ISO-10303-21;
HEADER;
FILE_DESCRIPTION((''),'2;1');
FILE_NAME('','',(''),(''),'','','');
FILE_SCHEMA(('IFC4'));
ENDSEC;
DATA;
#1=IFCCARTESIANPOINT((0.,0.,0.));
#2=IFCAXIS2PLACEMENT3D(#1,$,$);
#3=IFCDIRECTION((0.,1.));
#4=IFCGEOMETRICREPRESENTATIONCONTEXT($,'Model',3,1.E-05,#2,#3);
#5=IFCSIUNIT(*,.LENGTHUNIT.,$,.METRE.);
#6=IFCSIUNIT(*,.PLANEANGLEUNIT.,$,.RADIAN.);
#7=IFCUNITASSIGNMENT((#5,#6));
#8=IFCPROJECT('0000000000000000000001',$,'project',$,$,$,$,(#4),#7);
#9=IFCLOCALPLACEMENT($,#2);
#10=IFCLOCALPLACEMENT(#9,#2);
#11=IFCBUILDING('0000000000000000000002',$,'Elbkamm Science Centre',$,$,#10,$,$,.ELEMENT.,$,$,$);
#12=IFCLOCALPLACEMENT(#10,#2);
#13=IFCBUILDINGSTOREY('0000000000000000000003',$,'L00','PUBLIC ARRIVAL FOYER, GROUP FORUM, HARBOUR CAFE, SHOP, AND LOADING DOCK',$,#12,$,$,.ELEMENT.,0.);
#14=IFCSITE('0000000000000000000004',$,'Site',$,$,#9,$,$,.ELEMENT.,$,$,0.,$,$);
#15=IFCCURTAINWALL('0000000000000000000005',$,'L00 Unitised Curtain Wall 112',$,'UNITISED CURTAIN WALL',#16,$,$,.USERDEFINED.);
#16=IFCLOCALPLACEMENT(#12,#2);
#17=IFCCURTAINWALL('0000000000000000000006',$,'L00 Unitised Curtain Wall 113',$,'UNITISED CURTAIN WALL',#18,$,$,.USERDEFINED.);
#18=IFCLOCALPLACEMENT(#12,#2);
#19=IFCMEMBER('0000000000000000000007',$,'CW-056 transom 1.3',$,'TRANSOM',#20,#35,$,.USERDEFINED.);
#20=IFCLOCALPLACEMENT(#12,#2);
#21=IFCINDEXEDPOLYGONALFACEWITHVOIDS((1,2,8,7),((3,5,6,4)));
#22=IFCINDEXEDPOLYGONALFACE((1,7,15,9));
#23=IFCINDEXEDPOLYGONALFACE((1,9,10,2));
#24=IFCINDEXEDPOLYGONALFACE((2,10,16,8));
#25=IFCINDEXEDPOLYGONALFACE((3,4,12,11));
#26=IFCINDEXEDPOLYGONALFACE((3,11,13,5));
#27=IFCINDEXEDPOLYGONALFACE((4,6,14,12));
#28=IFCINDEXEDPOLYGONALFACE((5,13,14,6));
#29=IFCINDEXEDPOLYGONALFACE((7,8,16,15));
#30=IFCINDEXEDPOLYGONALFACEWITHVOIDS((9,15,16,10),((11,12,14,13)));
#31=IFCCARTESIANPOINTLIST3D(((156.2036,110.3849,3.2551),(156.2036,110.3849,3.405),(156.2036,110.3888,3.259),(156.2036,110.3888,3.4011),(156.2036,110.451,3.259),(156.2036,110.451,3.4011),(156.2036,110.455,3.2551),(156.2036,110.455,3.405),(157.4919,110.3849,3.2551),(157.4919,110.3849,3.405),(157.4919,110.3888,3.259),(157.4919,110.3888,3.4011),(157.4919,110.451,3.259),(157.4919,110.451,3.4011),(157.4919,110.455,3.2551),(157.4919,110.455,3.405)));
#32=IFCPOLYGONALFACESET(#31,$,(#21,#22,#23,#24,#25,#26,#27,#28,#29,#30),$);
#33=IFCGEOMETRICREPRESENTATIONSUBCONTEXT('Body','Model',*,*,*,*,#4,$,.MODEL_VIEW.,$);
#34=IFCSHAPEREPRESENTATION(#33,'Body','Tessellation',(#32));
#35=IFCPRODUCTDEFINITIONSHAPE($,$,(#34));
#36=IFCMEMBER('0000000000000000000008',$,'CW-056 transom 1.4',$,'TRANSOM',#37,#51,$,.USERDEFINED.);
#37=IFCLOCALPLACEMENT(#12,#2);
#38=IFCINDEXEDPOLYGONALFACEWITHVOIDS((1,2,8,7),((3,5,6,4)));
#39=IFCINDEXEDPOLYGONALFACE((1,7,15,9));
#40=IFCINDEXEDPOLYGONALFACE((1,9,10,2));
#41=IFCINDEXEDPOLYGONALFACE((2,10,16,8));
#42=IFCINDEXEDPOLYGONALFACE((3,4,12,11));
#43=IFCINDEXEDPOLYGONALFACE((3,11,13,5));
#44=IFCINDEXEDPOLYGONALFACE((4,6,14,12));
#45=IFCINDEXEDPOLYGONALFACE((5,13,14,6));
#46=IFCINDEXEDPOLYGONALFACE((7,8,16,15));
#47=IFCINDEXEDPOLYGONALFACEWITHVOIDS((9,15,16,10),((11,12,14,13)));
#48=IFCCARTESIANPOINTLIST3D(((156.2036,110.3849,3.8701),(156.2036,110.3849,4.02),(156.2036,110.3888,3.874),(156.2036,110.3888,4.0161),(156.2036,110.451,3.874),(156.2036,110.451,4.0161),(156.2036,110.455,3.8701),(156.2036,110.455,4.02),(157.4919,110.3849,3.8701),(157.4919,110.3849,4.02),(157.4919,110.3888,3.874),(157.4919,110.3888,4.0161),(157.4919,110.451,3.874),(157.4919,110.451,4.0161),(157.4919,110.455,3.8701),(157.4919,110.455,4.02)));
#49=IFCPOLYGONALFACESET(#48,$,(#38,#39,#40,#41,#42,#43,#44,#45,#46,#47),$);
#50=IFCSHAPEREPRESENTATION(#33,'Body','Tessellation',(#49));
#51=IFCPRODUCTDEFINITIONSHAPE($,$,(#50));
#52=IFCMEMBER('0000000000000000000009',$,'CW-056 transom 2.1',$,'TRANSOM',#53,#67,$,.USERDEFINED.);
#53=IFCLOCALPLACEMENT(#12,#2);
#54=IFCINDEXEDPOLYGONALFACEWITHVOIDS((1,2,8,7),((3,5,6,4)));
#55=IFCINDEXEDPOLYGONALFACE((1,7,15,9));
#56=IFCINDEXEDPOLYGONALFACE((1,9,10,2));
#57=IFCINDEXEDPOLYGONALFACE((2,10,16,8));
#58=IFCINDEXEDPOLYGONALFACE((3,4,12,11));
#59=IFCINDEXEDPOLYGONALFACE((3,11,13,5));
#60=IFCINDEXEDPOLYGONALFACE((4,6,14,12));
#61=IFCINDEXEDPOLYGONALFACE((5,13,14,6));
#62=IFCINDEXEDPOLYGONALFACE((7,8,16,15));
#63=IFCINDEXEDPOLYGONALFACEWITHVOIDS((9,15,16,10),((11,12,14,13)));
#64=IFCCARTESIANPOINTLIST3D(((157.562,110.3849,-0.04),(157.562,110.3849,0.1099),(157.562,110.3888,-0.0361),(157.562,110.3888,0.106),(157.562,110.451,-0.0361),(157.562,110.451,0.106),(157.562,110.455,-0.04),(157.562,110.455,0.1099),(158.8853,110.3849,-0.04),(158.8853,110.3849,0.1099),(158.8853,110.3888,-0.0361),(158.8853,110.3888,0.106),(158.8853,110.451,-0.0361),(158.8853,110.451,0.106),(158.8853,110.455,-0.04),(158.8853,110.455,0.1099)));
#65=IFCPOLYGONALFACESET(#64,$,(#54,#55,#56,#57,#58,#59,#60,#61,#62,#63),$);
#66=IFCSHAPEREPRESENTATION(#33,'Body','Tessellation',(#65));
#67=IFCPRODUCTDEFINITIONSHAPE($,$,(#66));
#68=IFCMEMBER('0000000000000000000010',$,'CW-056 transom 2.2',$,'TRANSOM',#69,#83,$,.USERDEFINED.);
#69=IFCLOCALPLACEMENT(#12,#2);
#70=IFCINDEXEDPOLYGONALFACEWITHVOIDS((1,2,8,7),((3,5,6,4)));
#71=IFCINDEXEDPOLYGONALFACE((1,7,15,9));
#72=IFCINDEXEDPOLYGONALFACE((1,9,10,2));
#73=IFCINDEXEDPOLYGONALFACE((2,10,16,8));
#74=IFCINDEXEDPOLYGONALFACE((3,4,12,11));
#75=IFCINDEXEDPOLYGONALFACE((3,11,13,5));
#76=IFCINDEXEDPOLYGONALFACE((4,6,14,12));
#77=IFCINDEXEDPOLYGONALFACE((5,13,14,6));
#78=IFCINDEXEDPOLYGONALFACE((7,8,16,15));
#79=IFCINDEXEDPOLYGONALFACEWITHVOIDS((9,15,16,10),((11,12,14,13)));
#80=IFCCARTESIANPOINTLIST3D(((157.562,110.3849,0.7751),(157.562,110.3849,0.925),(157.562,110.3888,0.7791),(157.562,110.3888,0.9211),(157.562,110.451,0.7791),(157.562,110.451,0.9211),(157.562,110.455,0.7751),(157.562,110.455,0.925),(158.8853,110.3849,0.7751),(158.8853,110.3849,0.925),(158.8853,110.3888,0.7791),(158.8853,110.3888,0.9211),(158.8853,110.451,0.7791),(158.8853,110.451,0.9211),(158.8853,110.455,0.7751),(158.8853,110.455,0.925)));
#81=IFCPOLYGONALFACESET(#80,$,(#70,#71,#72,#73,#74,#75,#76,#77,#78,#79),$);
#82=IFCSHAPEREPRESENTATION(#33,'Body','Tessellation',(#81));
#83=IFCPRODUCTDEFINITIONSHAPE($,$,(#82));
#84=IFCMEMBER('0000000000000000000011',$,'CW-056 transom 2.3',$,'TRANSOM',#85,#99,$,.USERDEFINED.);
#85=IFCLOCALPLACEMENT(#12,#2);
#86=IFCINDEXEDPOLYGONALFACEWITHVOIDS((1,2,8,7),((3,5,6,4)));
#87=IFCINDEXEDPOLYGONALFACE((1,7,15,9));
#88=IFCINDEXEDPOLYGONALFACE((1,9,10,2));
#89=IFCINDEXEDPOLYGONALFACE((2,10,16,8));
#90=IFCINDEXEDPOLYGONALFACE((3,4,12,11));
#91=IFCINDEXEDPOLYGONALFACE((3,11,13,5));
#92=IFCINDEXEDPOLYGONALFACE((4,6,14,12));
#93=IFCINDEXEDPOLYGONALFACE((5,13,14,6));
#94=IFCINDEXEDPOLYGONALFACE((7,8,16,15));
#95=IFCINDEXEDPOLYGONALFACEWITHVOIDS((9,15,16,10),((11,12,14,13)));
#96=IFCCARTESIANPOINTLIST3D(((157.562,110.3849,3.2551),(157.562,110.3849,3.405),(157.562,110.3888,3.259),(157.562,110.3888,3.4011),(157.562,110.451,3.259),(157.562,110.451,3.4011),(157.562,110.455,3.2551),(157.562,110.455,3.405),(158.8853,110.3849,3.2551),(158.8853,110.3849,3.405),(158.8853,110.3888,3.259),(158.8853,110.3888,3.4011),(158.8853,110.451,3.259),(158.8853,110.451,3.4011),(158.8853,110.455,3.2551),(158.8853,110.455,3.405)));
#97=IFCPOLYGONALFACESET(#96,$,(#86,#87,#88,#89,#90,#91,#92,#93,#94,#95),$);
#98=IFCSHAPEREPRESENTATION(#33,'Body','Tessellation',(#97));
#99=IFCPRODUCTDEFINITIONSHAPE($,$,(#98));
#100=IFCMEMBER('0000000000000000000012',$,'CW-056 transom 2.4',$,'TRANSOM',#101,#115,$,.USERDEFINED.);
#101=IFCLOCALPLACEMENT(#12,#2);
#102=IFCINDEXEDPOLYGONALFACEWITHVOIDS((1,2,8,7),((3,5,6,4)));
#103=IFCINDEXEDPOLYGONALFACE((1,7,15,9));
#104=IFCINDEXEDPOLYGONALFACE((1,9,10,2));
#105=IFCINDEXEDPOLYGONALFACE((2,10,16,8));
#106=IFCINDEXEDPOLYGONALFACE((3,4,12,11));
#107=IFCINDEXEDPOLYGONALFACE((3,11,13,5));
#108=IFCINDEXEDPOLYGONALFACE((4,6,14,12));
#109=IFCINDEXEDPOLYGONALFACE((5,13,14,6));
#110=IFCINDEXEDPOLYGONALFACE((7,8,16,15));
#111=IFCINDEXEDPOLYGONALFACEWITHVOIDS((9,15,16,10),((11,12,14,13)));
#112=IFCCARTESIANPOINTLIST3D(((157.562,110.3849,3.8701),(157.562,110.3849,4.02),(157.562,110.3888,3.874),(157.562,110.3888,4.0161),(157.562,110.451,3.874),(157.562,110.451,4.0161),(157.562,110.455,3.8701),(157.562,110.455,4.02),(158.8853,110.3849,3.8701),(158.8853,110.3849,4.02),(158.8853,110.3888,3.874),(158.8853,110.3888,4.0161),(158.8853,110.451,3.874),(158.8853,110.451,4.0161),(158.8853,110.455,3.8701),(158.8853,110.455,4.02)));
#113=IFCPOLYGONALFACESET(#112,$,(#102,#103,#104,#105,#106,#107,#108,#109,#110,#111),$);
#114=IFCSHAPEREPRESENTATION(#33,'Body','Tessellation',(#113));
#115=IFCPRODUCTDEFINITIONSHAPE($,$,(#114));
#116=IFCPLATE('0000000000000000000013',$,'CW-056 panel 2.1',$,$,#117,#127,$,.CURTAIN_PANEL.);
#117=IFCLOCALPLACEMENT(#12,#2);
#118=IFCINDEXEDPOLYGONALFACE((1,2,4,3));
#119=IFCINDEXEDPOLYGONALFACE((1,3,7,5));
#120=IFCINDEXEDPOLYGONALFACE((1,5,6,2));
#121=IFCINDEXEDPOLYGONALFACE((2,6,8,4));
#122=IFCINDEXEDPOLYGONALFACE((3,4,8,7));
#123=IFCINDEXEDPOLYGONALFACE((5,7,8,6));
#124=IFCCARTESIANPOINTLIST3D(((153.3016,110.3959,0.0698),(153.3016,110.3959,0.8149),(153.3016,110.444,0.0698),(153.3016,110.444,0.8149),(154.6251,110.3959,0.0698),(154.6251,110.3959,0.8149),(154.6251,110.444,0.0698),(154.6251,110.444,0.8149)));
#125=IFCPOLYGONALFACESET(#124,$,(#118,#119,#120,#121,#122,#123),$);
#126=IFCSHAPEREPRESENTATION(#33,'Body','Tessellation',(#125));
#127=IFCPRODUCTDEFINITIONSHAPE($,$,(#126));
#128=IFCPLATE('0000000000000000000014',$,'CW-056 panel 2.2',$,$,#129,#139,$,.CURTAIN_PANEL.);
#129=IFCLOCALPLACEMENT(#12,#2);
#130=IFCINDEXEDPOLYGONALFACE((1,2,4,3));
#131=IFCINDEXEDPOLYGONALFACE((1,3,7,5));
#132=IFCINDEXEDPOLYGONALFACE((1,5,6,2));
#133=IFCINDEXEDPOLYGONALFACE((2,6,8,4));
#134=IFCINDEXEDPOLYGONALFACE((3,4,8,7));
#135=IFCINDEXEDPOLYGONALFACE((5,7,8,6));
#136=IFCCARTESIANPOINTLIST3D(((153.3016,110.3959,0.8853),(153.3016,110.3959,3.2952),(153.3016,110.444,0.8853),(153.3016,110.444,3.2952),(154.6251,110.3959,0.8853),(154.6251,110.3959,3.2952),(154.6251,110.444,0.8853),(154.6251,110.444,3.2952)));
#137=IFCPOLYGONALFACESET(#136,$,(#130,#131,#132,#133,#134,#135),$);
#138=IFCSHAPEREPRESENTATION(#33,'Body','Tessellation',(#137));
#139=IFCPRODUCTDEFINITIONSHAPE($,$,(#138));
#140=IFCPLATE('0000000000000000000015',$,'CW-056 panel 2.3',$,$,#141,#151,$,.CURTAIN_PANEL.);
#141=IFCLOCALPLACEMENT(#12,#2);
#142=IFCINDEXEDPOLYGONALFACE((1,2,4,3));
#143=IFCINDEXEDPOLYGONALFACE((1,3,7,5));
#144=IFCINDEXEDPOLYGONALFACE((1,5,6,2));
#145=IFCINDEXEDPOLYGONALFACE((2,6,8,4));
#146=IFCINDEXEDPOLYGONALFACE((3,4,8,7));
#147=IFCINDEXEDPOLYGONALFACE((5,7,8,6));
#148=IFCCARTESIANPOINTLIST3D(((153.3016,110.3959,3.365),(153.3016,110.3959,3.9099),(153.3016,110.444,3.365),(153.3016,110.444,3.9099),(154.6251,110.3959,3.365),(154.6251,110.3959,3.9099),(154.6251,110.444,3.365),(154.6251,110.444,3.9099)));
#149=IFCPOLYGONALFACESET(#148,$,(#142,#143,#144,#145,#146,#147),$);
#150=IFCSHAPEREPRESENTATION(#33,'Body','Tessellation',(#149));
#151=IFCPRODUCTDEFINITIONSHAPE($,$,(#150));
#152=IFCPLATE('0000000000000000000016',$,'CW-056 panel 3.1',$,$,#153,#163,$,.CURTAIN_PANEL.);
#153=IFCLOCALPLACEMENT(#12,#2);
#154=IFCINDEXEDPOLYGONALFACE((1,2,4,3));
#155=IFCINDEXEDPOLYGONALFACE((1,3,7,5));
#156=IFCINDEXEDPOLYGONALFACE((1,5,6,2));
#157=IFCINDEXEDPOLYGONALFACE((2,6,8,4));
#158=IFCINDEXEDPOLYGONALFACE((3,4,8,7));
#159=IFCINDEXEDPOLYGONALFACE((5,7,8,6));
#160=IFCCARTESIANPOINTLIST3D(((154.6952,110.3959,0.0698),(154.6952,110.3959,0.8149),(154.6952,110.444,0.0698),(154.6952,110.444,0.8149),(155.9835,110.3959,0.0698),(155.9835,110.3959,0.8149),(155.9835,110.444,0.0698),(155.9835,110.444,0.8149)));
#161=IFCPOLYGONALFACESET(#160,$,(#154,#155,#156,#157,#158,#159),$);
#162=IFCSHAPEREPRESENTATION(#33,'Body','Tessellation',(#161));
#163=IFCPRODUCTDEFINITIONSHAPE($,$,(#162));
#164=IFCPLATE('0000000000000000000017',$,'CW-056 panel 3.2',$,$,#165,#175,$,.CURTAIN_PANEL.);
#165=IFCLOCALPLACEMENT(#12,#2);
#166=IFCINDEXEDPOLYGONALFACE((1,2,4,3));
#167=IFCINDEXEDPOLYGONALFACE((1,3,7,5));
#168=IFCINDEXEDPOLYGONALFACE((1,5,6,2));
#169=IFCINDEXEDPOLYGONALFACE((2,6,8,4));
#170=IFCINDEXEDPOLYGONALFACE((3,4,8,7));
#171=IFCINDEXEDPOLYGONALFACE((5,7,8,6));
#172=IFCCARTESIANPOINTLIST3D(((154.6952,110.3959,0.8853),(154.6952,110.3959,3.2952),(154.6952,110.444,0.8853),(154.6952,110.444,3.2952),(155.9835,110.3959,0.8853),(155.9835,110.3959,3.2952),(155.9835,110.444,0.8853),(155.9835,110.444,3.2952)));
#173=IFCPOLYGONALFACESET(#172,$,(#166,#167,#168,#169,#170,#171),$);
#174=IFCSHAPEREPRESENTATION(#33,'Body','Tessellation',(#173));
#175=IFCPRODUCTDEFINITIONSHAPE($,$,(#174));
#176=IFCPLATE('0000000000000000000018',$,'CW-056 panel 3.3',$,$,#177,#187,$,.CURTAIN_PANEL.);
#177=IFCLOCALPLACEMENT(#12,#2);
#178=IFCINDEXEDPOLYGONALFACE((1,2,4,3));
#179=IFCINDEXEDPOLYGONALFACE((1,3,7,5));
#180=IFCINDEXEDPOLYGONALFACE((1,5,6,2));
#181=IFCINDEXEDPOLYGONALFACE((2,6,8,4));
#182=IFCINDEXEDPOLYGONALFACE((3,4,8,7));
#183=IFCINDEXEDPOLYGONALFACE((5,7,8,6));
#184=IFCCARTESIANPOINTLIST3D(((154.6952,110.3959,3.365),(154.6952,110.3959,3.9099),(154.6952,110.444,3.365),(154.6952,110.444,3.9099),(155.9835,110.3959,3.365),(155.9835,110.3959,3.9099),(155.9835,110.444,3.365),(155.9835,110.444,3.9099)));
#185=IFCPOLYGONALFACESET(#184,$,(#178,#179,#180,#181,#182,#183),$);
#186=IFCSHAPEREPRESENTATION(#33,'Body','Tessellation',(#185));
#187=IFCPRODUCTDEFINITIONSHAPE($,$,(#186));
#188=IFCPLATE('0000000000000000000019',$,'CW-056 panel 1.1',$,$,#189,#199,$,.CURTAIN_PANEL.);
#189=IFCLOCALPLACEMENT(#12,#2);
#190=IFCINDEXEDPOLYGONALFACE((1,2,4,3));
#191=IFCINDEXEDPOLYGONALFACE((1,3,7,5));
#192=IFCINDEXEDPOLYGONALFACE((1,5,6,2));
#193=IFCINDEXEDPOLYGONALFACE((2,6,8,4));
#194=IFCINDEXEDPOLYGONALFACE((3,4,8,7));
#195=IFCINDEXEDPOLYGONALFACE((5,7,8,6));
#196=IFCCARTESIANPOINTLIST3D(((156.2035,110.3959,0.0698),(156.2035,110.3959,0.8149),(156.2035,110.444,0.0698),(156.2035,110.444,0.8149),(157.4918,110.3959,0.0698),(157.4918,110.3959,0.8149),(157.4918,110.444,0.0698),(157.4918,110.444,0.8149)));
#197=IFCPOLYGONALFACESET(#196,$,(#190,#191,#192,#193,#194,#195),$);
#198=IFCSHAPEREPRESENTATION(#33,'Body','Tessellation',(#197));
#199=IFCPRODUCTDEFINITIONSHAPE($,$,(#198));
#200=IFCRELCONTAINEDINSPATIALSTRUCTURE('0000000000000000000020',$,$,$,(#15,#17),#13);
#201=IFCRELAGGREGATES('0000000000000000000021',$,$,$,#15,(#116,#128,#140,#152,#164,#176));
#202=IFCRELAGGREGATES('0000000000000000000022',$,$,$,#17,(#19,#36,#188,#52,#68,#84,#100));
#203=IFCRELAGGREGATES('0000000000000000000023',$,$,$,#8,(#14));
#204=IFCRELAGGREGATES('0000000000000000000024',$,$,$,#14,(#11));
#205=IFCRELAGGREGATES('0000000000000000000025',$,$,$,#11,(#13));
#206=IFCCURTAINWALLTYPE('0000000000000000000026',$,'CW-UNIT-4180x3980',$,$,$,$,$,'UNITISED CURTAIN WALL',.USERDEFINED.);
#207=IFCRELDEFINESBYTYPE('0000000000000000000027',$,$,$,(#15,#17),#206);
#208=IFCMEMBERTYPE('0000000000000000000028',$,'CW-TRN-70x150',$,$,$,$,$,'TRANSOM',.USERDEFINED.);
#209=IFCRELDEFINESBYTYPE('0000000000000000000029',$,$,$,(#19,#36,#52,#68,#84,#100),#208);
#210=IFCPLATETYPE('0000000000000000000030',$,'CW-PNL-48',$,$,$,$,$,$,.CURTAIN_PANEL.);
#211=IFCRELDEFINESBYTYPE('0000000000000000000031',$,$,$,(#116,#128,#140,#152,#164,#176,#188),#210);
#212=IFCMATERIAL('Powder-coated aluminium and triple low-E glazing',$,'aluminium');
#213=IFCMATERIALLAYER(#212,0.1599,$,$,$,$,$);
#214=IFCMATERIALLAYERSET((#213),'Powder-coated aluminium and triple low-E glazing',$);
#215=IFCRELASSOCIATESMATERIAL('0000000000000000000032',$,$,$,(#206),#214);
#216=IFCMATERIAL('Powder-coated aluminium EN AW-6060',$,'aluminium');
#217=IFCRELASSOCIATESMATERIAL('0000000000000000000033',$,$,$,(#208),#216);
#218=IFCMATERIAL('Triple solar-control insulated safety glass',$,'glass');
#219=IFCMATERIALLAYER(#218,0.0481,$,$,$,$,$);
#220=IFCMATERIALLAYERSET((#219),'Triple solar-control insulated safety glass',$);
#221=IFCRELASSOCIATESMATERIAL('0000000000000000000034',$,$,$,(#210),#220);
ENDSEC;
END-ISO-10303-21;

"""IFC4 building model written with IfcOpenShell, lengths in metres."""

from ifc_helpers import new_model, si_unit, direction, frame, origin, origin_2d, place, context, subcontext, project, spatial, rectangle, hollow_rectangle, extrude, material, layer, layer_set, material_profile, profile_set, type_object, element, aggregate, save


model = new_model("IFC4")

# Units and contexts
model_context = context("Model", 3, precision=1e-05, world=origin(), true_north=direction((0.0, 1.0)))
body_context = subcontext(model_context, "Body", "Model", "MODEL_VIEW")
ifc_project = project(units=[si_unit("LENGTHUNIT", "METRE"), si_unit("PLANEANGLEUNIT", "RADIAN")], contexts=[model_context])

# Site, building, storey
site_placement = place(None, origin())
site = spatial("IfcSite", under=ifc_project, at=site_placement, Name="Site", CompositionType="ELEMENT", RefElevation=0.0)
building_placement = place(site_placement, origin())
building = spatial("IfcBuilding", under=site, at=building_placement, Name="Elbkamm Science Centre", CompositionType="ELEMENT")
storey_placement = place(building_placement, origin())
storey = spatial("IfcBuildingStorey", under=building, at=storey_placement, Name="L00", Description="PUBLIC ARRIVAL FOYER, GROUP FORUM, HARBOUR CAFE, SHOP, AND LOADING DOCK", CompositionType="ELEMENT", Elevation=0.0)

# Curtain walls
ifc_material_1 = material(Name="Powder-coated aluminium and triple low-E glazing", Category="aluminium")
ifc_layer_1 = layer(ifc_material_1, 0.1599)
ifc_layer_set_1 = layer_set([ifc_layer_1], Name="Powder-coated aluminium and triple low-E glazing")
curtain_wall_type = type_object("IfcCurtainWallType", Name="CW-UNIT-4180x3980", ElementType="UNITISED CURTAIN WALL", PredefinedType="USERDEFINED", material=ifc_layer_set_1)
curtain_wall_1_placement = place(storey_placement, origin())
curtain_wall_1 = element("IfcCurtainWall", 1, at=curtain_wall_1_placement, inside=storey, type_object=curtain_wall_type, Name="L00 Unitised Curtain Wall 112", ObjectType="UNITISED CURTAIN WALL", PredefinedType="USERDEFINED")
ifc_material_2 = material(Name="Powder-coated aluminium EN AW-6060", Category="aluminium")
curtain_wall_2_placement = place(storey_placement, origin())
curtain_wall_2 = element("IfcCurtainWall", 2, at=curtain_wall_2_placement, inside=storey, type_object=curtain_wall_type, Name="L00 Unitised Curtain Wall 113", ObjectType="UNITISED CURTAIN WALL", PredefinedType="USERDEFINED")

# Members
ifc_material_profile_1 = material_profile(ifc_material_2, hollow_rectangle(XDim=0.0701, YDim=0.1499, WallThickness=0.0039, at=origin_2d()), Name="ALU T70x150")
ifc_profile_set_1 = profile_set([ifc_material_profile_1], Name="Powder-coated aluminium EN AW-6060")
member_type_1 = type_object("IfcMemberType", Name="CW-TRN-70x150", ElementType="TRANSOM", PredefinedType="USERDEFINED", material=ifc_profile_set_1)
member_1_placement = place(storey_placement, frame((156.2036, 110.4199, 3.3301), z_axis=(1.0, 0.0, 0.0), x_axis=(0.0, 1.0, 0.0)))
member_1 = element("IfcMember", 3, at=member_1_placement, type_object=member_type_1, Name="CW-056 transom 1.3", ObjectType="TRANSOM", PredefinedType="USERDEFINED", context=body_context, shape_type="SweptSolid", body=[
    extrude(hollow_rectangle(XDim=0.0701, YDim=0.1499, WallThickness=0.0039, at=origin_2d()), origin(), (0.0, 0.0, 1.0), 1.2883),
])
member_2_placement = place(storey_placement, frame((156.2036, 110.4199, 3.9451), z_axis=(1.0, 0.0, 0.0), x_axis=(0.0, 1.0, 0.0)))
member_2 = element("IfcMember", 4, at=member_2_placement, type_object=member_type_1, Name="CW-056 transom 1.4", ObjectType="TRANSOM", PredefinedType="USERDEFINED", context=body_context, shape_type="SweptSolid", body=[
    extrude(hollow_rectangle(XDim=0.0701, YDim=0.1499, WallThickness=0.0039, at=origin_2d()), origin(), (0.0, 0.0, 1.0), 1.2883),
])
member_3_placement = place(storey_placement, frame((157.562, 110.4199, 0.0349), z_axis=(1.0, 0.0, 0.0), x_axis=(0.0, 1.0, 0.0)))
member_3 = element("IfcMember", 5, at=member_3_placement, type_object=member_type_1, Name="CW-056 transom 2.1", ObjectType="TRANSOM", PredefinedType="USERDEFINED", context=body_context, shape_type="SweptSolid", body=[
    extrude(hollow_rectangle(XDim=0.0701, YDim=0.1499, WallThickness=0.0039, at=origin_2d()), origin(), (0.0, 0.0, 1.0), 1.3232),
])
member_4_placement = place(storey_placement, frame((157.562, 110.4199, 0.8501), z_axis=(1.0, 0.0, 0.0), x_axis=(0.0, 1.0, 0.0)))
member_4 = element("IfcMember", 6, at=member_4_placement, type_object=member_type_1, Name="CW-056 transom 2.2", ObjectType="TRANSOM", PredefinedType="USERDEFINED", context=body_context, shape_type="SweptSolid", body=[
    extrude(hollow_rectangle(XDim=0.0701, YDim=0.1499, WallThickness=0.0039, at=origin_2d()), origin(), (0.0, 0.0, 1.0), 1.3232),
])
member_5_placement = place(storey_placement, frame((157.562, 110.4199, 3.3301), z_axis=(1.0, 0.0, 0.0), x_axis=(0.0, 1.0, 0.0)))
member_5 = element("IfcMember", 7, at=member_5_placement, type_object=member_type_1, Name="CW-056 transom 2.3", ObjectType="TRANSOM", PredefinedType="USERDEFINED", context=body_context, shape_type="SweptSolid", body=[
    extrude(hollow_rectangle(XDim=0.0701, YDim=0.1499, WallThickness=0.0039, at=origin_2d()), origin(), (0.0, 0.0, 1.0), 1.3232),
])
member_6_placement = place(storey_placement, frame((157.562, 110.4199, 3.9451), z_axis=(1.0, 0.0, 0.0), x_axis=(0.0, 1.0, 0.0)))
member_6 = element("IfcMember", 8, at=member_6_placement, type_object=member_type_1, Name="CW-056 transom 2.4", ObjectType="TRANSOM", PredefinedType="USERDEFINED", context=body_context, shape_type="SweptSolid", body=[
    extrude(hollow_rectangle(XDim=0.0701, YDim=0.1499, WallThickness=0.0039, at=origin_2d()), origin(), (0.0, 0.0, 1.0), 1.3232),
])

# Plates
ifc_material_3 = material(Name="Triple solar-control insulated safety glass", Category="glass")
ifc_layer_2 = layer(ifc_material_3, 0.0481)
ifc_layer_set_2 = layer_set([ifc_layer_2], Name="Triple solar-control insulated safety glass")
plate_type = type_object("IfcPlateType", Name="CW-PNL-48", PredefinedType="CURTAIN_PANEL", material=ifc_layer_set_2)
plate_1_placement = place(storey_placement, frame((153.9634, 110.4199, 0.0698), z_axis=(0.0, 0.0, 1.0), x_axis=(1.0, 0.0, 0.0)))
plate_1 = element("IfcPlate", 9, at=plate_1_placement, type_object=plate_type, Name="CW-056 panel 2.1", PredefinedType="CURTAIN_PANEL", context=body_context, shape_type="SweptSolid", body=[
    extrude(rectangle(XDim=1.3235, YDim=0.0481, at=origin_2d()), origin(), (0.0, 0.0, 1.0), 0.7451),
])
plate_2_placement = place(storey_placement, frame((153.9634, 110.4199, 0.8853), z_axis=(0.0, 0.0, 1.0), x_axis=(1.0, 0.0, 0.0)))
plate_2 = element("IfcPlate", 10, at=plate_2_placement, type_object=plate_type, Name="CW-056 panel 2.2", PredefinedType="CURTAIN_PANEL", context=body_context, shape_type="SweptSolid", body=[
    extrude(rectangle(XDim=1.3235, YDim=0.0481, at=origin_2d()), origin(), (0.0, 0.0, 1.0), 2.4099),
])
plate_3_placement = place(storey_placement, frame((153.9634, 110.4199, 3.365), z_axis=(0.0, 0.0, 1.0), x_axis=(1.0, 0.0, 0.0)))
plate_3 = element("IfcPlate", 11, at=plate_3_placement, type_object=plate_type, Name="CW-056 panel 2.3", PredefinedType="CURTAIN_PANEL", context=body_context, shape_type="SweptSolid", body=[
    extrude(rectangle(XDim=1.3235, YDim=0.0481, at=origin_2d()), origin(), (0.0, 0.0, 1.0), 0.5449),
])
plate_4_placement = place(storey_placement, frame((155.3394, 110.4199, 0.0698), z_axis=(0.0, 0.0, 1.0), x_axis=(1.0, 0.0, 0.0)))
plate_4 = element("IfcPlate", 12, at=plate_4_placement, type_object=plate_type, Name="CW-056 panel 3.1", PredefinedType="CURTAIN_PANEL", context=body_context, shape_type="SweptSolid", body=[
    extrude(rectangle(XDim=1.2883, YDim=0.0481, at=origin_2d()), origin(), (0.0, 0.0, 1.0), 0.7451),
])
plate_5_placement = place(storey_placement, frame((155.3394, 110.4199, 0.8853), z_axis=(0.0, 0.0, 1.0), x_axis=(1.0, 0.0, 0.0)))
plate_5 = element("IfcPlate", 13, at=plate_5_placement, type_object=plate_type, Name="CW-056 panel 3.2", PredefinedType="CURTAIN_PANEL", context=body_context, shape_type="SweptSolid", body=[
    extrude(rectangle(XDim=1.2883, YDim=0.0481, at=origin_2d()), origin(), (0.0, 0.0, 1.0), 2.4099),
])
plate_6_placement = place(storey_placement, frame((155.3394, 110.4199, 3.365), z_axis=(0.0, 0.0, 1.0), x_axis=(1.0, 0.0, 0.0)))
plate_6 = element("IfcPlate", 14, at=plate_6_placement, type_object=plate_type, Name="CW-056 panel 3.3", PredefinedType="CURTAIN_PANEL", context=body_context, shape_type="SweptSolid", body=[
    extrude(rectangle(XDim=1.2883, YDim=0.0481, at=origin_2d()), origin(), (0.0, 0.0, 1.0), 0.5449),
])
aggregate(curtain_wall_1, [plate_1, plate_2, plate_3, plate_4, plate_5, plate_6])
plate_7_placement = place(storey_placement, frame((156.8477, 110.4199, 0.0698), z_axis=(0.0, 0.0, 1.0), x_axis=(1.0, 0.0, 0.0)))
plate_7 = element("IfcPlate", 15, at=plate_7_placement, type_object=plate_type, Name="CW-056 panel 1.1", PredefinedType="CURTAIN_PANEL", context=body_context, shape_type="SweptSolid", body=[
    extrude(rectangle(XDim=1.2883, YDim=0.0481, at=origin_2d()), origin(), (0.0, 0.0, 1.0), 0.7451),
])
aggregate(curtain_wall_2, [member_1, member_2, plate_7, member_3, member_4, member_5, member_6])

save(model, "model.ifc")
